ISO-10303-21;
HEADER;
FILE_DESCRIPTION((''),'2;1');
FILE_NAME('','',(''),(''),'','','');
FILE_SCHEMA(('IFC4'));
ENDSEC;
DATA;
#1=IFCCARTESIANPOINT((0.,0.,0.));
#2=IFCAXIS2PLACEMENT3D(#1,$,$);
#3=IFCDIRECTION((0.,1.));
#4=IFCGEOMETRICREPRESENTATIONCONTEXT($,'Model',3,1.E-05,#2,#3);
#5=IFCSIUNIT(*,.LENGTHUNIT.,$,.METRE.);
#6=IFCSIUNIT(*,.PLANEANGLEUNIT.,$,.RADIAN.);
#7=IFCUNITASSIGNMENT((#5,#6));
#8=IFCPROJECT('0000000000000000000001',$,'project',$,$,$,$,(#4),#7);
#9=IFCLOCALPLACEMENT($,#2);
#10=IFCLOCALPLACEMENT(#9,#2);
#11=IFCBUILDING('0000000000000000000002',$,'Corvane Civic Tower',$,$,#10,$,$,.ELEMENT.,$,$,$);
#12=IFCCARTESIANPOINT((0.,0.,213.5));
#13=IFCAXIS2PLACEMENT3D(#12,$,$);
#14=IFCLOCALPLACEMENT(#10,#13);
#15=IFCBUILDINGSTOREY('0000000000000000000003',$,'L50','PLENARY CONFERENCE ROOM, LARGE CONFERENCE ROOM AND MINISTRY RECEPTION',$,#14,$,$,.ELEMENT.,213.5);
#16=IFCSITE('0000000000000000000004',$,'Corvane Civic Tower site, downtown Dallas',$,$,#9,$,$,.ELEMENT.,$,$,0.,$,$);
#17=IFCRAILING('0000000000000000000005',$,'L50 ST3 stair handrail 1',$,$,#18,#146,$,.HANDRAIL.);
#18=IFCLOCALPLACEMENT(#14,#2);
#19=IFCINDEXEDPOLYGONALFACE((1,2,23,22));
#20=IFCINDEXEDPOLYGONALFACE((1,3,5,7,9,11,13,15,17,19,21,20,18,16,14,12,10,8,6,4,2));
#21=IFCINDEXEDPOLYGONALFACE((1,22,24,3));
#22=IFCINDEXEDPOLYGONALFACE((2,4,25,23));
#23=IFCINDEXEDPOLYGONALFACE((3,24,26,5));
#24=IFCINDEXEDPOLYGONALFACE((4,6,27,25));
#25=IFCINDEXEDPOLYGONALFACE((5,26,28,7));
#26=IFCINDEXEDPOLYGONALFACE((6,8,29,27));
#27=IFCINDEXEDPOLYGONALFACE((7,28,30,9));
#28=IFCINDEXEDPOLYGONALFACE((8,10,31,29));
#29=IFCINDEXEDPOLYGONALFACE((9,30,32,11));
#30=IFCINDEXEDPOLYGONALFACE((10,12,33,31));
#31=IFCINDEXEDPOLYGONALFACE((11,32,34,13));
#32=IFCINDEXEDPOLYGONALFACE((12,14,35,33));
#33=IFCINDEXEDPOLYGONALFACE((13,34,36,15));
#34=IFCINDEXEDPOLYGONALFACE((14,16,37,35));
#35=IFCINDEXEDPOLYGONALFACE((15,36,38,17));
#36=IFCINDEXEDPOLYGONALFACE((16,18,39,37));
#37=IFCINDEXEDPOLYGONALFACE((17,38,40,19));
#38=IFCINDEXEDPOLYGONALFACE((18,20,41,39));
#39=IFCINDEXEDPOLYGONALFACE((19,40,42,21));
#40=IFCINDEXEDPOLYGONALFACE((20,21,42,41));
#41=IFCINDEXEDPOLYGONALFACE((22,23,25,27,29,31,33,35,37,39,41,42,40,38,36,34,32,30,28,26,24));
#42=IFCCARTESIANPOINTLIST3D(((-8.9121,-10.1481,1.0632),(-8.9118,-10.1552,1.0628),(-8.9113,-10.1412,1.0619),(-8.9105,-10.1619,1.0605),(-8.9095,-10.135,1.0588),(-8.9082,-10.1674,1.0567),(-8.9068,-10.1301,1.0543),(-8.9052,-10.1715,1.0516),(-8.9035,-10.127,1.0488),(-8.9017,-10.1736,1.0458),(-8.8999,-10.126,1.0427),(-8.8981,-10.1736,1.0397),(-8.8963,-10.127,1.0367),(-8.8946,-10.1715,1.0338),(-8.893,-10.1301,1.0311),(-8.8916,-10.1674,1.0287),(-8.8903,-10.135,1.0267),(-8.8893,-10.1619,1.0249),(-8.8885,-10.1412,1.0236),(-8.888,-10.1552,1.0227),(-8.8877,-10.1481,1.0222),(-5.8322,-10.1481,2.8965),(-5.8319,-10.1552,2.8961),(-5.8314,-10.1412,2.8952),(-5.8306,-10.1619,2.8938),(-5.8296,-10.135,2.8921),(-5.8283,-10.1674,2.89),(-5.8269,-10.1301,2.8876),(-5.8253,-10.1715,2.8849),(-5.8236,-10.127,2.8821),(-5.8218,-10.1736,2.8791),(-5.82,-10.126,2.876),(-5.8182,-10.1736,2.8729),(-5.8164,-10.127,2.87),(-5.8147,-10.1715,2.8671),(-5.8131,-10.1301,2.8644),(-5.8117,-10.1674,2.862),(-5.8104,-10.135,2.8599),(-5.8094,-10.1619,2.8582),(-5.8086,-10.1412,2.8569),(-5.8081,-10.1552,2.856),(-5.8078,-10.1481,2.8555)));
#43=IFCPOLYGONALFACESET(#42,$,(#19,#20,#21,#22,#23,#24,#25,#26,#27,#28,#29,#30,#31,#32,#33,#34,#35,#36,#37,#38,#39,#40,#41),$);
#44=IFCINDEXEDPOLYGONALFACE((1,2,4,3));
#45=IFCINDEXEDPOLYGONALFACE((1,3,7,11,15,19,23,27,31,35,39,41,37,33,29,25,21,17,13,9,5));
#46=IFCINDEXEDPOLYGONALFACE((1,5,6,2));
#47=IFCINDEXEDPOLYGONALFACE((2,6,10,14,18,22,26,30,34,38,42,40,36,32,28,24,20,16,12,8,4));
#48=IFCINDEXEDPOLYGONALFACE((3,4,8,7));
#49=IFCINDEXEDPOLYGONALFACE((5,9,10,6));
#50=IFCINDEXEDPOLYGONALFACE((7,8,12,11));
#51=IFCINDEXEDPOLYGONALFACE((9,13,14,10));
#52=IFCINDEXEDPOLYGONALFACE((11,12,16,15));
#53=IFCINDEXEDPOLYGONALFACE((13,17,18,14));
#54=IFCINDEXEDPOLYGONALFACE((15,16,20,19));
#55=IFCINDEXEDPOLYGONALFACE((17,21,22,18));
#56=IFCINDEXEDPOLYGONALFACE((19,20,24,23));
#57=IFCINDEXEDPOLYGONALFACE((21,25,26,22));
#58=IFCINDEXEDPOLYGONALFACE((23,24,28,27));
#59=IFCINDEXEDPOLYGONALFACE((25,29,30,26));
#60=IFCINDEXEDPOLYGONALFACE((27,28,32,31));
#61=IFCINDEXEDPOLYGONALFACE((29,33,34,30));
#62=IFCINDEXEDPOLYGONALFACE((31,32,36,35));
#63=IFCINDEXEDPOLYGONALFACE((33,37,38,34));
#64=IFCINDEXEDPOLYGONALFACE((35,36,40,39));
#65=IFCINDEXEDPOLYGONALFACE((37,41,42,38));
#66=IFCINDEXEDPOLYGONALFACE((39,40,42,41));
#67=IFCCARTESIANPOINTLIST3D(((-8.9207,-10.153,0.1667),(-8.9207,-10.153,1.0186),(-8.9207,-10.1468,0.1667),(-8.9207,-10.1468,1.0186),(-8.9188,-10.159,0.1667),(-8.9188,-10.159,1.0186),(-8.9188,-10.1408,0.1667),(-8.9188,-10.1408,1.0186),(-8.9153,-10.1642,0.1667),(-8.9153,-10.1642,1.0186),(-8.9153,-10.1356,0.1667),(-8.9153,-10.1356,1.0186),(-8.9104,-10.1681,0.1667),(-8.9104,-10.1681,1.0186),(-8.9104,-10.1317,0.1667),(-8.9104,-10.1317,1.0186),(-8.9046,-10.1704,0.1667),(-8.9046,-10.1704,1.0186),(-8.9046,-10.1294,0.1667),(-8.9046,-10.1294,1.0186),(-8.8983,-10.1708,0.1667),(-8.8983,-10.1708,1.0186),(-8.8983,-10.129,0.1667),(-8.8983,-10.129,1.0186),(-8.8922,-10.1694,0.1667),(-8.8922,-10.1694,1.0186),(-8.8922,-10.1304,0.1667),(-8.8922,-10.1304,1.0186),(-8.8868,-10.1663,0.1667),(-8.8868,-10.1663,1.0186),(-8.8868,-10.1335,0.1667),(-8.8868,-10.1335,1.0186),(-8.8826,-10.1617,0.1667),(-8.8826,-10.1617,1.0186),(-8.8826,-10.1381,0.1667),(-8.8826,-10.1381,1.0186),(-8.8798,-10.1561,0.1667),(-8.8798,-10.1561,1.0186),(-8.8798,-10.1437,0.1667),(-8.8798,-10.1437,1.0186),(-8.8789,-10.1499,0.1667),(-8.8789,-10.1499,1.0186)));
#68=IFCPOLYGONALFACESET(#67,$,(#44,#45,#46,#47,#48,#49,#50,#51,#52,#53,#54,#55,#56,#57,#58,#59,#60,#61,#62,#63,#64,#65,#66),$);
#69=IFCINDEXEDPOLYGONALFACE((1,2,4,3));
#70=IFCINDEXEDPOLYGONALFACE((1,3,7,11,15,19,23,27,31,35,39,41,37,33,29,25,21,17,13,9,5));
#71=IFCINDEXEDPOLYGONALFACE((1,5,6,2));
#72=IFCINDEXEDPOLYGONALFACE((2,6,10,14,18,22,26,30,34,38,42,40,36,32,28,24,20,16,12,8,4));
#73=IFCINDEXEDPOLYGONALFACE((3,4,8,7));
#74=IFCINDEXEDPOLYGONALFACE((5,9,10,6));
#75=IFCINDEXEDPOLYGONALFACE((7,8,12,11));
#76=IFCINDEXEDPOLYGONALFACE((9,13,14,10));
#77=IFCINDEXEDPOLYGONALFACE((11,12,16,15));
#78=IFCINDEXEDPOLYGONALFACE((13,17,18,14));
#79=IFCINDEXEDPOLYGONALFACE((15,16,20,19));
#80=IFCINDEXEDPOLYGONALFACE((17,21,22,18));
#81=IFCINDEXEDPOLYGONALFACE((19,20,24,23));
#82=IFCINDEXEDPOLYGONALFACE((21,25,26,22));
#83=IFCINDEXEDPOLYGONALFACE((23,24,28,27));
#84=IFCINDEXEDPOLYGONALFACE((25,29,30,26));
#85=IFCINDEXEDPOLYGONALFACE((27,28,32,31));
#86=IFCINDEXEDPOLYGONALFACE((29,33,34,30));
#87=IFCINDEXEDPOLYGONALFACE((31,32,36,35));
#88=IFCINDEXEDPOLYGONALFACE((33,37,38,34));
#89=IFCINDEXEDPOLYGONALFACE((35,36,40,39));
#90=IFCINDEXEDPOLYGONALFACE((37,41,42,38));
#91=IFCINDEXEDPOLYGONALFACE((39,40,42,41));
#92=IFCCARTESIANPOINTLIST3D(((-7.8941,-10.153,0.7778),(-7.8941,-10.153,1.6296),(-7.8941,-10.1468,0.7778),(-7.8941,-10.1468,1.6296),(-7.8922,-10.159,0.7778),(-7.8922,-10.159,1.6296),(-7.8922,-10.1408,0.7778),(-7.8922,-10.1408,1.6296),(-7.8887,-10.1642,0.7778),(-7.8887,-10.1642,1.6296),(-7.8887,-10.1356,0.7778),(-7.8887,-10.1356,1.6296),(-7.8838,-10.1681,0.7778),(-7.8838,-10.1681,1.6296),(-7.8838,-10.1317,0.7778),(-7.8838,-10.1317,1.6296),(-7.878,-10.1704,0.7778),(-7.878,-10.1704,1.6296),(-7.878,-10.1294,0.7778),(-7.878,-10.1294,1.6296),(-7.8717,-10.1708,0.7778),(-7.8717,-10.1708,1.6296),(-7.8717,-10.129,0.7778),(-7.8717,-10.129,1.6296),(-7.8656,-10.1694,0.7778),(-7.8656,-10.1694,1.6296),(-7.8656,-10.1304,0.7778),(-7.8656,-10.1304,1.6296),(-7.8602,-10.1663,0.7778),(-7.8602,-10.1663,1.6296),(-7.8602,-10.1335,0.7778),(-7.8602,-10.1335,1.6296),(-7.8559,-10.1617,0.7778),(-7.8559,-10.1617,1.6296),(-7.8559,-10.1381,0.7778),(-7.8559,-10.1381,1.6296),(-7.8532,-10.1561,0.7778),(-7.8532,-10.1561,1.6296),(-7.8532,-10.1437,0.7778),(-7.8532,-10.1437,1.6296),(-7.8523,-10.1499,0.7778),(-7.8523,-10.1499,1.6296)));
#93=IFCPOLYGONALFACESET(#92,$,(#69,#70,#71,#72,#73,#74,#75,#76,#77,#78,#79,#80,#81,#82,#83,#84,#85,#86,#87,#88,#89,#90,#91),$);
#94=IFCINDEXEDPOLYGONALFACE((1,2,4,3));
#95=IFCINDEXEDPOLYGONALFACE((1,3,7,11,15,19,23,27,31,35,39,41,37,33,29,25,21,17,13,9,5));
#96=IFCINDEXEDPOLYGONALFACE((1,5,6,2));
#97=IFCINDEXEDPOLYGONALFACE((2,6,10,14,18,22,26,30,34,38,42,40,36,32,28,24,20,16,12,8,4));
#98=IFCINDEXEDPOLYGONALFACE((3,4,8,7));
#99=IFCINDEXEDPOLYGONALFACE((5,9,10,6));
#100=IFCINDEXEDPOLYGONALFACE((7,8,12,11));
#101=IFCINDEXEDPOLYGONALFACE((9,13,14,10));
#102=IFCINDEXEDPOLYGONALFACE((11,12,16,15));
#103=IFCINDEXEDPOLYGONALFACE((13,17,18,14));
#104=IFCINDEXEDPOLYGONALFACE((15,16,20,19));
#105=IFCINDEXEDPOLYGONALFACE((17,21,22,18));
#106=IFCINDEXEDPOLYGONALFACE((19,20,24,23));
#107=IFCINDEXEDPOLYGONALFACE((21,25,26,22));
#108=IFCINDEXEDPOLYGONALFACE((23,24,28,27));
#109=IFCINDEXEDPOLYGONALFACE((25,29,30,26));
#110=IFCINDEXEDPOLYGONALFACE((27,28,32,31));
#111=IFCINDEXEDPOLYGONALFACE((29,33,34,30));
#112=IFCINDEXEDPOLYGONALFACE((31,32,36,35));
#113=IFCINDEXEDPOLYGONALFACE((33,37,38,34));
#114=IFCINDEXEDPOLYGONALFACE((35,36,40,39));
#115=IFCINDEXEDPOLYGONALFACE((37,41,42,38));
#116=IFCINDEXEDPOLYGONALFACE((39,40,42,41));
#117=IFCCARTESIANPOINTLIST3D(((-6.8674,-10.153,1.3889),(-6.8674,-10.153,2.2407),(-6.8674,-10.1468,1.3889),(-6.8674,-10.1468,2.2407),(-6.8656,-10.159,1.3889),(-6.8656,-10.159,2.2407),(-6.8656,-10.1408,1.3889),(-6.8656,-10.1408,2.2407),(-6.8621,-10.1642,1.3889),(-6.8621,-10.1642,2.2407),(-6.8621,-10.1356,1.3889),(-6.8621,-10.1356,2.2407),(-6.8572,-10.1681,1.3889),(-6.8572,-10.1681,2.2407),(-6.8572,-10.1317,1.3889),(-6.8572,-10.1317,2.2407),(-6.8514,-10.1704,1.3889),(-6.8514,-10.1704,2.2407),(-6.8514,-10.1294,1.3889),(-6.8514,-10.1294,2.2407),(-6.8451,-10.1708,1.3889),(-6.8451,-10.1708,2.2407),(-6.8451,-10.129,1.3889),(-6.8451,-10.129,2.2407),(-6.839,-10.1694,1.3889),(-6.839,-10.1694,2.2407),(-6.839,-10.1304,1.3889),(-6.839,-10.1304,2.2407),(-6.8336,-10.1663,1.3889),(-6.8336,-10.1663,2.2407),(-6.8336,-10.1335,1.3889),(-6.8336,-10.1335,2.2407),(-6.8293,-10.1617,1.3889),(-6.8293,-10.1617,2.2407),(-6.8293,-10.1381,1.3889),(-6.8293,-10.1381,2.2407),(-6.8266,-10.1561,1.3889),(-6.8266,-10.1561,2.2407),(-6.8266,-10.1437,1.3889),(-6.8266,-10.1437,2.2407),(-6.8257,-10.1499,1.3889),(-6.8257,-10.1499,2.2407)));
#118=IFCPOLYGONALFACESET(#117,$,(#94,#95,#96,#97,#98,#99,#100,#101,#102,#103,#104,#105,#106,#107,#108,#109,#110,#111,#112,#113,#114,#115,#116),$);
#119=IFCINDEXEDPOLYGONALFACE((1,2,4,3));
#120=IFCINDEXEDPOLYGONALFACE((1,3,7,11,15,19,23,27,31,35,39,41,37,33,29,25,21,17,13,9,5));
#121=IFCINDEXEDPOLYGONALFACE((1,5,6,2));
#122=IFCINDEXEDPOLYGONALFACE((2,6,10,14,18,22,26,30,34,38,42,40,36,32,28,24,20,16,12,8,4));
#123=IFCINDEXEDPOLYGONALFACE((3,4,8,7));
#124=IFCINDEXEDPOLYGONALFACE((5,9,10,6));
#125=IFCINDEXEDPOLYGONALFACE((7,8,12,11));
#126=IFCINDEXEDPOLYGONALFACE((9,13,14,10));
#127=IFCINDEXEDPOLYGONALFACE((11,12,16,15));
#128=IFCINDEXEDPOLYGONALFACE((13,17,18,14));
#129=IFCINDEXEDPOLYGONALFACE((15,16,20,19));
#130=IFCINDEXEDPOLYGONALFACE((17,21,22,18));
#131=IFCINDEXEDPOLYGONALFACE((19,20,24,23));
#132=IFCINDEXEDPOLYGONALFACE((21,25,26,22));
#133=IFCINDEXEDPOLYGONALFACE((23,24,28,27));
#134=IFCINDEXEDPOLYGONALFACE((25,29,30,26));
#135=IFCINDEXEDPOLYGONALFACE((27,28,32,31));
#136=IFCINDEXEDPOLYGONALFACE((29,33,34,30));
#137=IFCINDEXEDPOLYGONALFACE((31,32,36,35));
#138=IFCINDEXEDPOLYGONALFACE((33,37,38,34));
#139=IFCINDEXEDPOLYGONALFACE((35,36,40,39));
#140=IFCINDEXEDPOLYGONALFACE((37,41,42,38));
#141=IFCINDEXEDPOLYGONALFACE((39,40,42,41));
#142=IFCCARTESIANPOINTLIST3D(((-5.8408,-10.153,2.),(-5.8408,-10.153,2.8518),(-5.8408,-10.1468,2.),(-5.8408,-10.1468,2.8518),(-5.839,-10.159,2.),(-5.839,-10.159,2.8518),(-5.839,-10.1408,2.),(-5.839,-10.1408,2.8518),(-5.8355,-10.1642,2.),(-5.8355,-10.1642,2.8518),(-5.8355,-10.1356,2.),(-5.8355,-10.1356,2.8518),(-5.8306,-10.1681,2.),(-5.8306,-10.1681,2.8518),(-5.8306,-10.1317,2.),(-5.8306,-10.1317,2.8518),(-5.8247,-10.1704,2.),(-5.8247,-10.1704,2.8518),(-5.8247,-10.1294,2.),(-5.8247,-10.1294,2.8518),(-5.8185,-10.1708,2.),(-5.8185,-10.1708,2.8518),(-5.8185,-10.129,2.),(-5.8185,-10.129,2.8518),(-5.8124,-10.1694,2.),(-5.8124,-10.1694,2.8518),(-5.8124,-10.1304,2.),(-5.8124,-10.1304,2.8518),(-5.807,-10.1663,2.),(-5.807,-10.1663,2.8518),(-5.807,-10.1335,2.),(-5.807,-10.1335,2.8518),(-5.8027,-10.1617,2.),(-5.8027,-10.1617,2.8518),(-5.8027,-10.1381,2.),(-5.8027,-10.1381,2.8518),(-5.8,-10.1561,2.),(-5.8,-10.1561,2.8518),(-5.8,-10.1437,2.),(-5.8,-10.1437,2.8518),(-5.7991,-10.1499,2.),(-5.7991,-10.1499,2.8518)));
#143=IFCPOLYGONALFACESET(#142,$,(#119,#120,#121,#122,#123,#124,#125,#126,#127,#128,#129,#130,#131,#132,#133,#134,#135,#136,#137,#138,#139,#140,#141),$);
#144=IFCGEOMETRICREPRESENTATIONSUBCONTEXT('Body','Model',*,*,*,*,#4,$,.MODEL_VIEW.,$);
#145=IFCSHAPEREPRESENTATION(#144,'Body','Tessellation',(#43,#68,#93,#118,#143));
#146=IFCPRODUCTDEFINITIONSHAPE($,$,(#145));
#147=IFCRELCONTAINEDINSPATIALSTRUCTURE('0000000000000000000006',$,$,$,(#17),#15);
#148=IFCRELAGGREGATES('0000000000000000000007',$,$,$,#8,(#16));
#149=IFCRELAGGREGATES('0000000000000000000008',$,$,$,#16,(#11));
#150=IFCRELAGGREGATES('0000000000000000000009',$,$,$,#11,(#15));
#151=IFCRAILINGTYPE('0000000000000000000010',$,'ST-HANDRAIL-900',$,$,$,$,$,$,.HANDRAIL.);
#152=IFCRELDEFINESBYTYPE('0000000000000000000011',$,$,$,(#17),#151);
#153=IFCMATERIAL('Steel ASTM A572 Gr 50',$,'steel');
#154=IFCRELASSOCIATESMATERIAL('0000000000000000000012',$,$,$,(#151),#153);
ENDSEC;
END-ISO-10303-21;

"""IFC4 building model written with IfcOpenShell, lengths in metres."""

from ifc_helpers import new_model, si_unit, direction, frame, origin, origin_2d, place, context, subcontext, project, spatial, circle, extrude, material, type_object, element, save


model = new_model("IFC4")

# Units and contexts
model_context = context("Model", 3, precision=1e-05, world=origin(), true_north=direction((0.0, 1.0)))
body_context = subcontext(model_context, "Body", "Model", "MODEL_VIEW")
ifc_project = project(units=[si_unit("LENGTHUNIT", "METRE"), si_unit("PLANEANGLEUNIT", "RADIAN")], contexts=[model_context])

# Site, building, storey
site_placement = place(None, origin())
site = spatial("IfcSite", under=ifc_project, at=site_placement, Name="Corvane Civic Tower site, downtown Dallas", CompositionType="ELEMENT", RefElevation=0.0)
building_placement = place(site_placement, origin())
building = spatial("IfcBuilding", under=site, at=building_placement, Name="Corvane Civic Tower", CompositionType="ELEMENT")
storey_placement = place(building_placement, frame((0.0, 0.0, 213.5)))
storey = spatial("IfcBuildingStorey", under=building, at=storey_placement, Name="L50", Description="PLENARY CONFERENCE ROOM, LARGE CONFERENCE ROOM AND MINISTRY RECEPTION", CompositionType="ELEMENT", Elevation=213.5)

# Railing
ifc_material_1 = material(Name="Steel ASTM A572 Gr 50", Category="steel")
railing_type_1 = type_object("IfcRailingType", Name="ST-HANDRAIL-900", PredefinedType="HANDRAIL", material=ifc_material_1)
railing_1_placement = place(storey_placement, frame((-8.8999, -10.1499, 0.1667)))
element("IfcRailing", 1, at=railing_1_placement, inside=storey, type_object=railing_type_1, Name="L50 ST3 stair handrail 1", PredefinedType="HANDRAIL", context=body_context, shape_type="SweptSolid", body=[
    extrude(circle(Radius=0.0239, at=origin_2d()), frame((0.0, 0.0, 0.876), z_axis=(0.859291, 0.0, 0.511487), x_axis=(0.0, 1.0, 0.0)), (0.0, 0.0, 1.0), 3.5842),
    extrude(circle(Radius=0.021, at=origin_2d()), origin(), (0.0, 0.0, 1.0), 0.8518),
    extrude(circle(Radius=0.021, at=origin_2d()), frame((1.0266, 0.0, 0.6111)), (0.0, 0.0, 1.0), 0.8518),
    extrude(circle(Radius=0.021, at=origin_2d()), frame((2.0532, 0.0, 1.2222)), (0.0, 0.0, 1.0), 0.8518),
    extrude(circle(Radius=0.021, at=origin_2d()), frame((3.0798, 0.0, 1.8333)), (0.0, 0.0, 1.0), 0.8518),
])

save(model, "model.ifc")
